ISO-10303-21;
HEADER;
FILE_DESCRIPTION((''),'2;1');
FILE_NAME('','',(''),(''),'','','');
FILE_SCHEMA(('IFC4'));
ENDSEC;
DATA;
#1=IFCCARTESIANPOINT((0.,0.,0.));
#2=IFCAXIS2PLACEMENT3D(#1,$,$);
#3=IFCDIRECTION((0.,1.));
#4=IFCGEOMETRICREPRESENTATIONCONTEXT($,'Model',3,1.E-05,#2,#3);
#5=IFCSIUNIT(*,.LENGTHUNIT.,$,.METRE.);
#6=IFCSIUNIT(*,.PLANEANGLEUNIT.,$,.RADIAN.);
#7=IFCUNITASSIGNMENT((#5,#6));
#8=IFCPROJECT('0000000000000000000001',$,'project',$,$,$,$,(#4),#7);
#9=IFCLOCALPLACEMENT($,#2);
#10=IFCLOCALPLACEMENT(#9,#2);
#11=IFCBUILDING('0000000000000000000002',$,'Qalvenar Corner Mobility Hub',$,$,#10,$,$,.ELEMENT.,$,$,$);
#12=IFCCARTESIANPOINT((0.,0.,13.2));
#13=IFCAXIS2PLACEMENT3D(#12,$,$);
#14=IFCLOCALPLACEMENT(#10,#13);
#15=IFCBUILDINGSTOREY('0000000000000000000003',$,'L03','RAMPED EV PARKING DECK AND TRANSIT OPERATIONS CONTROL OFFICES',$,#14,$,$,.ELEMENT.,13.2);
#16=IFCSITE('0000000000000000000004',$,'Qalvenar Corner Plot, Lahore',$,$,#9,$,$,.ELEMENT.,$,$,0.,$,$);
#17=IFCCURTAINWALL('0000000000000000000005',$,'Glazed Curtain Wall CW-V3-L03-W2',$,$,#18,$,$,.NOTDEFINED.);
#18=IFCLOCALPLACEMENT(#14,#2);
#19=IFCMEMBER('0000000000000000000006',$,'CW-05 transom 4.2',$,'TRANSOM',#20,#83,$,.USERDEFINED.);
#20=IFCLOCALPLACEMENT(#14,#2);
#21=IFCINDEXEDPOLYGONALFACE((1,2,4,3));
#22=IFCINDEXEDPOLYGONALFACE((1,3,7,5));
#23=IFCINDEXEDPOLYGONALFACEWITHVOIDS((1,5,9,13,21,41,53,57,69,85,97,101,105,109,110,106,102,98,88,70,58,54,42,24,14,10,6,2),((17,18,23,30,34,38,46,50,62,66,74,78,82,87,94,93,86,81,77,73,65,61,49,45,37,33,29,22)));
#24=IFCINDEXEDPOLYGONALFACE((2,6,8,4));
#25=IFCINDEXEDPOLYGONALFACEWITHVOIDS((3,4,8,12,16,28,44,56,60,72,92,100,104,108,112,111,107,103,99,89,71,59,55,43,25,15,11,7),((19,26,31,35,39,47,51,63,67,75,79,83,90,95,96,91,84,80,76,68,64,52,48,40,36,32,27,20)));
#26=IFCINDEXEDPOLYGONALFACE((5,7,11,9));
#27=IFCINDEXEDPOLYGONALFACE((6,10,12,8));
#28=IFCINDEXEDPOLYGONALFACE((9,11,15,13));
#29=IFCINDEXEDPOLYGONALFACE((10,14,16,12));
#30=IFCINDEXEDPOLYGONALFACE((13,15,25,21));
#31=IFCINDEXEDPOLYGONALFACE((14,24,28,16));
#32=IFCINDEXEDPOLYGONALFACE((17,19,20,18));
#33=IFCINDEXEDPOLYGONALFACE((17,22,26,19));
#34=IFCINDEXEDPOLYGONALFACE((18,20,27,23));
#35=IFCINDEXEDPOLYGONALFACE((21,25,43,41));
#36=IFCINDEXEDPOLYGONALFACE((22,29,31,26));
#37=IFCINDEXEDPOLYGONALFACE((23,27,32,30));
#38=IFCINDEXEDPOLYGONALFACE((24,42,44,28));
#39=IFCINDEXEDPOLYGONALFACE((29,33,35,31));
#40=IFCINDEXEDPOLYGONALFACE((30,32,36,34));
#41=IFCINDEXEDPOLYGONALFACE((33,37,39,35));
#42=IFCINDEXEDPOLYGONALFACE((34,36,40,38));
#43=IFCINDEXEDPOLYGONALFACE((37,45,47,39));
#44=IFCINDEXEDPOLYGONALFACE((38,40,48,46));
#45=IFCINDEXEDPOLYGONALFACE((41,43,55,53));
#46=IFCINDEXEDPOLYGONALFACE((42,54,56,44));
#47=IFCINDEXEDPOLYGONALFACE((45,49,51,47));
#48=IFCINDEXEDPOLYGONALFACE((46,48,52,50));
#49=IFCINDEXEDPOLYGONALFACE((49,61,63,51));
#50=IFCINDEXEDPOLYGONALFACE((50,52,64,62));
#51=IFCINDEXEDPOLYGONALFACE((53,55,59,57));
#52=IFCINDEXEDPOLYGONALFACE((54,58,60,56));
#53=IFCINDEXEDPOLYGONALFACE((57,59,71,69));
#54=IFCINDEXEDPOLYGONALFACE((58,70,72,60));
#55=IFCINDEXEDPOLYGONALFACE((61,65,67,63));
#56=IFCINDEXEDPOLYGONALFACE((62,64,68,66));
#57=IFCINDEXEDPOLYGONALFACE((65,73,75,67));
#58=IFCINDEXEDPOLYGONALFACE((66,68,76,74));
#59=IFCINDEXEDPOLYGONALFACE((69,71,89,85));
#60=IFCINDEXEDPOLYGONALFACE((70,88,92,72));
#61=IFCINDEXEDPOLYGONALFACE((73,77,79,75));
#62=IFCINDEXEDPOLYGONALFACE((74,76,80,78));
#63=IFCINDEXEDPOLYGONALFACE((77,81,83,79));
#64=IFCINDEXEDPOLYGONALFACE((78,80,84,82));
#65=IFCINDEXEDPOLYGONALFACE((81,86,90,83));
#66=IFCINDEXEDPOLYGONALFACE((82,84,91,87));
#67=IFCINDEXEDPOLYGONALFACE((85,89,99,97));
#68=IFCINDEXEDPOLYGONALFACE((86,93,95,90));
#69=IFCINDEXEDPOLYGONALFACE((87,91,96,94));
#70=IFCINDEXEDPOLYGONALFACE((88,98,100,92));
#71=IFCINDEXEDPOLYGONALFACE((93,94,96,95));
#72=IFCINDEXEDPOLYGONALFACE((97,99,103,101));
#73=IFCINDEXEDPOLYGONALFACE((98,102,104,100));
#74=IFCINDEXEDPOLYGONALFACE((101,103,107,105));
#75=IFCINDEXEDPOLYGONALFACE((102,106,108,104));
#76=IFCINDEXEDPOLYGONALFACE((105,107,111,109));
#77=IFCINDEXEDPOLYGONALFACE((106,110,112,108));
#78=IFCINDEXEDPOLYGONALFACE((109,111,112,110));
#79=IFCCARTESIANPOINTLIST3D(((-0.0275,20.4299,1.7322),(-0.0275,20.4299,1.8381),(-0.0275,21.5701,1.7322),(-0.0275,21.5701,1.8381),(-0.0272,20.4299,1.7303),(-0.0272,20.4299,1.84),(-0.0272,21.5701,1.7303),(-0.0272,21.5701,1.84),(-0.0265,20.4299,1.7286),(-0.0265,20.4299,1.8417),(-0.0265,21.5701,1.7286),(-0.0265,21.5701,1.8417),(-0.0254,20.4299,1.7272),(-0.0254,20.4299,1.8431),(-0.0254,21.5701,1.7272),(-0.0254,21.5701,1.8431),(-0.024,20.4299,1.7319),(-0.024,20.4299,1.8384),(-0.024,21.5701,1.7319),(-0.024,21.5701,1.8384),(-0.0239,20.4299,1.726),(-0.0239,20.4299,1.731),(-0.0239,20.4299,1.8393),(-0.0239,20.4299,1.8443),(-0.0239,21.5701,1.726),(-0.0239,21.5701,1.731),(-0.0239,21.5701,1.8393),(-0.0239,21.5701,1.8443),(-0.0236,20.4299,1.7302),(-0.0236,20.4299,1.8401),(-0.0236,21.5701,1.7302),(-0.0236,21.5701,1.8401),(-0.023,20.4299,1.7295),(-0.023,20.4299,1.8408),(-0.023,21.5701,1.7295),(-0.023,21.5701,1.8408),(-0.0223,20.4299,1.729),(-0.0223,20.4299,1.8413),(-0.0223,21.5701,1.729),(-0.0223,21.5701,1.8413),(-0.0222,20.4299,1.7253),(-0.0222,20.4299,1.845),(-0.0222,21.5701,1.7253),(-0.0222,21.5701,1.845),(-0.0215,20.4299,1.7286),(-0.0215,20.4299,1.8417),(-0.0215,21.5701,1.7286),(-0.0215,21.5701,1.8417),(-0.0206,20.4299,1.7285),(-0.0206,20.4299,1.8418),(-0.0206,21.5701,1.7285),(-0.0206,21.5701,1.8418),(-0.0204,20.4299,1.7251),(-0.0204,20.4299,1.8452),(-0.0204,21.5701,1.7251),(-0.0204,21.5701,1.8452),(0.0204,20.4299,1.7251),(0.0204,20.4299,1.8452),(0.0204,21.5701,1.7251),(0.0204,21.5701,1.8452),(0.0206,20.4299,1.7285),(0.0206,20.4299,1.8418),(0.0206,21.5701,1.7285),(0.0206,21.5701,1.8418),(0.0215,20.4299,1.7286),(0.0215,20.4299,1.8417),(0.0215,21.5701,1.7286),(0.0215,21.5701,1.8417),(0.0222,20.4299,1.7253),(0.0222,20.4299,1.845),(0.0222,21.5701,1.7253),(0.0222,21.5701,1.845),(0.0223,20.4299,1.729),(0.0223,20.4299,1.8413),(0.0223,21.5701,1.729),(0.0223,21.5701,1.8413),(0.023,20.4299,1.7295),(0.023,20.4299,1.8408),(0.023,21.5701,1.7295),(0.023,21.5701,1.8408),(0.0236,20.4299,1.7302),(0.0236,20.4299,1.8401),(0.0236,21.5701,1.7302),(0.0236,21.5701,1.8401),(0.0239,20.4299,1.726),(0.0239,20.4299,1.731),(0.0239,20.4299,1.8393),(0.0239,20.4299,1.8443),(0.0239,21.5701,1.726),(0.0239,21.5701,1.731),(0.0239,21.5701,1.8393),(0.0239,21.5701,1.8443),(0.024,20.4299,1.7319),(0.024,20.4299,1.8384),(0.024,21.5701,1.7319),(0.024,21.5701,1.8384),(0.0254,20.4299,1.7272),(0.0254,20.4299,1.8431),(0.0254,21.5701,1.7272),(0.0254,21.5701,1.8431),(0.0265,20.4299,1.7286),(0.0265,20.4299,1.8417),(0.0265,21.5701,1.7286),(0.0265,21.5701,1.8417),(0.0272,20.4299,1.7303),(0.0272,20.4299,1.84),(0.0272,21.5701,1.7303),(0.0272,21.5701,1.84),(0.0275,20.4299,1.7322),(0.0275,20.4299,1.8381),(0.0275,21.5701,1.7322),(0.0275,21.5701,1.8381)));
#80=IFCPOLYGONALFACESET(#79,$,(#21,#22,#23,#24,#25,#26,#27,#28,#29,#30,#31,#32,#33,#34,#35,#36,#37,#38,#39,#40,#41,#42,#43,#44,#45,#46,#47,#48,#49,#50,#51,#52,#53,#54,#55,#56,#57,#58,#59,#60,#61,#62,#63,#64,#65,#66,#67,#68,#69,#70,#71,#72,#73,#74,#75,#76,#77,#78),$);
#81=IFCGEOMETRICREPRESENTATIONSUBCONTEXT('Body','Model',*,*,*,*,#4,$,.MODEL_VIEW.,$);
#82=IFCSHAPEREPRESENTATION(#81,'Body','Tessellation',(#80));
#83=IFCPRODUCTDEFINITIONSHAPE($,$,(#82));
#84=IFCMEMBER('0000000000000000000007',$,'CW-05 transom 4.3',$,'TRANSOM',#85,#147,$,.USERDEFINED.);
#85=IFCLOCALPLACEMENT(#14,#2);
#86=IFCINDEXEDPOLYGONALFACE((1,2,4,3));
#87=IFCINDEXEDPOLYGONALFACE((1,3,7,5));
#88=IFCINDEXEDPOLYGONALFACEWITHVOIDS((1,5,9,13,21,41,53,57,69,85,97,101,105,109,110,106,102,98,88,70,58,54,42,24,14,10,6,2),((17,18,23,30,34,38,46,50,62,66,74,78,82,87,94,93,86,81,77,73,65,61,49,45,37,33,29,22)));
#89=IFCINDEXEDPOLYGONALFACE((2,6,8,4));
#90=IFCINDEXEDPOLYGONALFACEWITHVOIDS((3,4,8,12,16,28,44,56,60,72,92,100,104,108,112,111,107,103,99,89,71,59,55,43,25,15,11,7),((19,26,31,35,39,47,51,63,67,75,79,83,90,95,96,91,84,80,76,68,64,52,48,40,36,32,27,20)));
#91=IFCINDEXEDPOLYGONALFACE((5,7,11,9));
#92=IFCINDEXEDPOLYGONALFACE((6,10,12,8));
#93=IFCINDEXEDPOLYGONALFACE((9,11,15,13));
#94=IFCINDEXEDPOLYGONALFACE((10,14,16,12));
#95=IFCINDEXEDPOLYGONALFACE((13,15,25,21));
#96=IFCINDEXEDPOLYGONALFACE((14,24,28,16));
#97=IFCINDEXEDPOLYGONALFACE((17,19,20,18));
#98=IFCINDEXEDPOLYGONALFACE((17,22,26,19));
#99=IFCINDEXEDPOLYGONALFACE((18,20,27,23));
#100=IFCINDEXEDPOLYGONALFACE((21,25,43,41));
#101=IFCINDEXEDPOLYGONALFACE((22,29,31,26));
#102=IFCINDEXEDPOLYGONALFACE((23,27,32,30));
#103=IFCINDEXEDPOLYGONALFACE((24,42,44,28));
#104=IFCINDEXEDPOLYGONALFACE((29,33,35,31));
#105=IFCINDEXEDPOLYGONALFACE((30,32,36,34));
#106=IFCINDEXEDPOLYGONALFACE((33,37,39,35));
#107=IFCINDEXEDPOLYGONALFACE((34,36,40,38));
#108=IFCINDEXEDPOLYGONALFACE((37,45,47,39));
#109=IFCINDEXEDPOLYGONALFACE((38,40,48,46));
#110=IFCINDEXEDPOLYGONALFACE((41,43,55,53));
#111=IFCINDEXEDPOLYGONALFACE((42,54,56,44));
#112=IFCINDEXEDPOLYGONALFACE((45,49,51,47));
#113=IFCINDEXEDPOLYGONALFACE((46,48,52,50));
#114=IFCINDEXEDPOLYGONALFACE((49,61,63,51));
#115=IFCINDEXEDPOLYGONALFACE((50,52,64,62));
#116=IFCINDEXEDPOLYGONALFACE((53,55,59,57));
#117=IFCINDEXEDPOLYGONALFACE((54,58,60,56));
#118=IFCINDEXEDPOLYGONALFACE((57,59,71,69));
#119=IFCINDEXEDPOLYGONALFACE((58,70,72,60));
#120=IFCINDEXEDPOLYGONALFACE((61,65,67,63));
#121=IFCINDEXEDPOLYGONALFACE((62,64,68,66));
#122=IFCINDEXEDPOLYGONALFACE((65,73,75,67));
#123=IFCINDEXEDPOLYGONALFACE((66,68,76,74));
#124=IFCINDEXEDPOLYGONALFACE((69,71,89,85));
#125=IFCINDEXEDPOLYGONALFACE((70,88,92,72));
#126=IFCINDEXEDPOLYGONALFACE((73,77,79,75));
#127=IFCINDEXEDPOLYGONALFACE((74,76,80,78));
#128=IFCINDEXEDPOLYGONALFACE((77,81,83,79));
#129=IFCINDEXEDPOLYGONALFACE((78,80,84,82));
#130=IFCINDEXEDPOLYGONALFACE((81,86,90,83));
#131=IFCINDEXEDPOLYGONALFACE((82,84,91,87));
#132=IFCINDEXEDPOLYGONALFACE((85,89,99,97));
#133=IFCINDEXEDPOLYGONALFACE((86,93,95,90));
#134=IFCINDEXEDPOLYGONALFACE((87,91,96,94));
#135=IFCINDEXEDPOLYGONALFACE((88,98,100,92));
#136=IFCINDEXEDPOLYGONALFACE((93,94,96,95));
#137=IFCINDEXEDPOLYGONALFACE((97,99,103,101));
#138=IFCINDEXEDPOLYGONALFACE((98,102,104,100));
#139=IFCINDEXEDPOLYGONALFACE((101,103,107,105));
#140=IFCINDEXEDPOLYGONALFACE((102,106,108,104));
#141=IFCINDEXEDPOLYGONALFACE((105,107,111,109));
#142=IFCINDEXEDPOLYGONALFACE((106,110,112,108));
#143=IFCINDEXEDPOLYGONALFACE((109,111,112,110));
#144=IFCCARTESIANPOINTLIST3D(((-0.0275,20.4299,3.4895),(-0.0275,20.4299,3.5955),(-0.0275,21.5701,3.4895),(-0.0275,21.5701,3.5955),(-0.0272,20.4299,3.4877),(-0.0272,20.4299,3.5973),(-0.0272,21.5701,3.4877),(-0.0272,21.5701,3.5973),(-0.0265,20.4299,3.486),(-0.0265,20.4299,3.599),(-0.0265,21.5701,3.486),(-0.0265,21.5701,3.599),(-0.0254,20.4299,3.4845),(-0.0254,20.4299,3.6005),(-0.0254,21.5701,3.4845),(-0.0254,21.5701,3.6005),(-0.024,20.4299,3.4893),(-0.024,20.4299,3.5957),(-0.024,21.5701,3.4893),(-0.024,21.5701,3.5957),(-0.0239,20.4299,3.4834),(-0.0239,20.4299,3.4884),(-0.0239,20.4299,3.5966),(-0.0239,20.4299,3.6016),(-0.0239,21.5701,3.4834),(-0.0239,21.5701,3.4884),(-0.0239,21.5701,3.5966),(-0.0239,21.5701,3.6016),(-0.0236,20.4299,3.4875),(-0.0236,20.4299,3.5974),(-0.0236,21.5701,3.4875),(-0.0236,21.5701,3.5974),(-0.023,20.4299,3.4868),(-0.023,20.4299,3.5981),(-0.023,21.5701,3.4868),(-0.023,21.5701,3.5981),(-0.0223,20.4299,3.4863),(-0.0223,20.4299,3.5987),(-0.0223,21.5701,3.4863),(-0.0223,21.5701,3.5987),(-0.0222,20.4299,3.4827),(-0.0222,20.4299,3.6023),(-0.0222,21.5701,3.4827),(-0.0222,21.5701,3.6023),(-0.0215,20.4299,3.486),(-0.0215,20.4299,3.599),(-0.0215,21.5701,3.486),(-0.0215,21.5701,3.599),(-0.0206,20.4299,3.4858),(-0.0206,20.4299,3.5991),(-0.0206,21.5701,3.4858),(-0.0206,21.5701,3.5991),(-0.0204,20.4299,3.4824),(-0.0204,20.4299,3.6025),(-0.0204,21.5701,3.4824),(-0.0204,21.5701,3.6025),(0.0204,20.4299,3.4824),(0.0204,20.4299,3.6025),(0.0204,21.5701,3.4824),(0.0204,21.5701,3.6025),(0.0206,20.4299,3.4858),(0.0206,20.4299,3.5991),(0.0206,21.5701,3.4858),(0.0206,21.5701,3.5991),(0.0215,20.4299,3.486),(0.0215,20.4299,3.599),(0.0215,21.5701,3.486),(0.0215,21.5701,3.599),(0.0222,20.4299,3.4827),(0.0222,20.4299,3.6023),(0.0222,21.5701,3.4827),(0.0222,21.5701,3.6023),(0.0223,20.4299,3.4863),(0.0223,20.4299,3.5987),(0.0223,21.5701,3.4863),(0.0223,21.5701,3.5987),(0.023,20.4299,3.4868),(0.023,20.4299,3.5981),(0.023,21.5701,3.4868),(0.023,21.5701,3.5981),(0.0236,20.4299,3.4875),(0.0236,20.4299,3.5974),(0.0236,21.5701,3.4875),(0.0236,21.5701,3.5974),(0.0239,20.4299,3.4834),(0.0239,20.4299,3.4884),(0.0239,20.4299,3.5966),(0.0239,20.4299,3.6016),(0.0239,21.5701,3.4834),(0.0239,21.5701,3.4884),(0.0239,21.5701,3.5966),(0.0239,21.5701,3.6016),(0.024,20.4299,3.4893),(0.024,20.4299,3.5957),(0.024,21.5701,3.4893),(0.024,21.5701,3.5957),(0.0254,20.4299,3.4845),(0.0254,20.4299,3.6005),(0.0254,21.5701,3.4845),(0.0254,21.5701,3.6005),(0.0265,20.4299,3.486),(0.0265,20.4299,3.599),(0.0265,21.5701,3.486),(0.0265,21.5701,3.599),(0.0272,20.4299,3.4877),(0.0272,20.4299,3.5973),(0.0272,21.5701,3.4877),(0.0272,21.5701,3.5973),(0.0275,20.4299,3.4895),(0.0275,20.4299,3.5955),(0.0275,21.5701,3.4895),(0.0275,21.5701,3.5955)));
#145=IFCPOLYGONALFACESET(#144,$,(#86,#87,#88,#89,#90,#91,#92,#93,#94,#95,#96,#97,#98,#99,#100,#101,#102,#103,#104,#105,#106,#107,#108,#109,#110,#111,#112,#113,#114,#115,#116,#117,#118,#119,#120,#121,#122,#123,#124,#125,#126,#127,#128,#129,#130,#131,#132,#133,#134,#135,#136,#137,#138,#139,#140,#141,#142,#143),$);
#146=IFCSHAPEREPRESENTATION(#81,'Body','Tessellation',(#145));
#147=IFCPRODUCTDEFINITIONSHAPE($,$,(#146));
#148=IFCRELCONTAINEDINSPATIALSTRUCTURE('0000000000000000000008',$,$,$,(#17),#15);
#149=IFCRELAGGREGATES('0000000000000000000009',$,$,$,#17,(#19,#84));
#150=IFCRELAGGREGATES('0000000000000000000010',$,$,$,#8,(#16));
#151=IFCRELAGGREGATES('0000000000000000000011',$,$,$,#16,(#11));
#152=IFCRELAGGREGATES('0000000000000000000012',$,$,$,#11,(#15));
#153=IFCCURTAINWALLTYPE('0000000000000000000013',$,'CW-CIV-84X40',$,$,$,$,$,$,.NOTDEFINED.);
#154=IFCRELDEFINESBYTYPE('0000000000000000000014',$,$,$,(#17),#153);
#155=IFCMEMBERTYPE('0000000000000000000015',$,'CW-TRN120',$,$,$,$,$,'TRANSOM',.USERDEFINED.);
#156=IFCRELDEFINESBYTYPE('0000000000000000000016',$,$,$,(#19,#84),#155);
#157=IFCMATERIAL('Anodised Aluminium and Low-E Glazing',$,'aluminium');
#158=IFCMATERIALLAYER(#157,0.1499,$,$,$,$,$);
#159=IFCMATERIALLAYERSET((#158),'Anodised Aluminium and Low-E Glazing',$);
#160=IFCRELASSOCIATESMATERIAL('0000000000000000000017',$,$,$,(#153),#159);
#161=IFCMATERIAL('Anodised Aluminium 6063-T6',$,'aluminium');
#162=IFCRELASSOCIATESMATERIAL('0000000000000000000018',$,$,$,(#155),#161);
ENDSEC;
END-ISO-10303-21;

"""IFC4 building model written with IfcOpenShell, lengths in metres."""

from ifc_helpers import new_model, si_unit, direction, frame, origin, origin_2d, place, context, subcontext, project, spatial, hollow_rectangle, extrude, material, layer, layer_set, material_profile, profile_set, type_object, element, aggregate, save


model = new_model("IFC4")

# Units and contexts
model_context = context("Model", 3, precision=1e-05, world=origin(), true_north=direction((0.0, 1.0)))
body_context = subcontext(model_context, "Body", "Model", "MODEL_VIEW")
ifc_project = project(units=[si_unit("LENGTHUNIT", "METRE"), si_unit("PLANEANGLEUNIT", "RADIAN")], contexts=[model_context])

# Site, building, storey
site_placement = place(None, origin())
site = spatial("IfcSite", under=ifc_project, at=site_placement, Name="Qalvenar Corner Plot, Lahore", CompositionType="ELEMENT", RefElevation=0.0)
building_placement = place(site_placement, origin())
building = spatial("IfcBuilding", under=site, at=building_placement, Name="Qalvenar Corner Mobility Hub", CompositionType="ELEMENT")
storey_placement = place(building_placement, frame((0.0, 0.0, 13.2)))
storey = spatial("IfcBuildingStorey", under=building, at=storey_placement, Name="L03", Description="RAMPED EV PARKING DECK AND TRANSIT OPERATIONS CONTROL OFFICES", CompositionType="ELEMENT", Elevation=13.2)

# Curtain wall, members
ifc_material_1 = material(Name="Anodised Aluminium and Low-E Glazing", Category="aluminium")
ifc_layer_1 = layer(ifc_material_1, 0.1499)
ifc_layer_set_1 = layer_set([ifc_layer_1], Name="Anodised Aluminium and Low-E Glazing")
curtain_wall_type = type_object("IfcCurtainWallType", Name="CW-CIV-84X40", PredefinedType="NOTDEFINED", material=ifc_layer_set_1)
curtain_wall_placement = place(storey_placement, origin())
curtain_wall = element("IfcCurtainWall", 1, at=curtain_wall_placement, inside=storey, type_object=curtain_wall_type, Name="Glazed Curtain Wall CW-V3-L03-W2", PredefinedType="NOTDEFINED")
ifc_material_2 = material(Name="Anodised Aluminium 6063-T6", Category="aluminium")
ifc_material_profile_1 = material_profile(ifc_material_2, hollow_rectangle(XDim=0.0549, YDim=0.1201, WallThickness=0.0034, InnerFilletRadius=0.0034, OuterFilletRadius=0.0071, at=origin_2d()), Name="RHS120x55x3.5")
ifc_profile_set_1 = profile_set([ifc_material_profile_1], Name="Anodised Aluminium 6063-T6")
member_type_1 = type_object("IfcMemberType", Name="CW-TRN120", ElementType="TRANSOM", PredefinedType="USERDEFINED", material=ifc_profile_set_1)
member_1_placement = place(storey_placement, frame((0.0, 21.5701, 1.7852), z_axis=(0.0, -1.0, 0.0), x_axis=(1.0, 0.0, 0.0)))
member_1 = element("IfcMember", 2, at=member_1_placement, type_object=member_type_1, Name="CW-05 transom 4.2", ObjectType="TRANSOM", PredefinedType="USERDEFINED", context=body_context, shape_type="SweptSolid", body=[
    extrude(hollow_rectangle(XDim=0.0549, YDim=0.1201, WallThickness=0.0034, InnerFilletRadius=0.0034, OuterFilletRadius=0.0071, at=origin_2d()), origin(), (0.0, 0.0, 1.0), 1.1401),
])
member_2_placement = place(storey_placement, frame((0.0, 21.5701, 3.5425), z_axis=(0.0, -1.0, 0.0), x_axis=(1.0, 0.0, 0.0)))
member_2 = element("IfcMember", 3, at=member_2_placement, type_object=member_type_1, Name="CW-05 transom 4.3", ObjectType="TRANSOM", PredefinedType="USERDEFINED", context=body_context, shape_type="SweptSolid", body=[
    extrude(hollow_rectangle(XDim=0.0549, YDim=0.1201, WallThickness=0.0034, InnerFilletRadius=0.0034, OuterFilletRadius=0.0071, at=origin_2d()), origin(), (0.0, 0.0, 1.0), 1.1401),
])
aggregate(curtain_wall, [member_1, member_2])

save(model, "model.ifc")
